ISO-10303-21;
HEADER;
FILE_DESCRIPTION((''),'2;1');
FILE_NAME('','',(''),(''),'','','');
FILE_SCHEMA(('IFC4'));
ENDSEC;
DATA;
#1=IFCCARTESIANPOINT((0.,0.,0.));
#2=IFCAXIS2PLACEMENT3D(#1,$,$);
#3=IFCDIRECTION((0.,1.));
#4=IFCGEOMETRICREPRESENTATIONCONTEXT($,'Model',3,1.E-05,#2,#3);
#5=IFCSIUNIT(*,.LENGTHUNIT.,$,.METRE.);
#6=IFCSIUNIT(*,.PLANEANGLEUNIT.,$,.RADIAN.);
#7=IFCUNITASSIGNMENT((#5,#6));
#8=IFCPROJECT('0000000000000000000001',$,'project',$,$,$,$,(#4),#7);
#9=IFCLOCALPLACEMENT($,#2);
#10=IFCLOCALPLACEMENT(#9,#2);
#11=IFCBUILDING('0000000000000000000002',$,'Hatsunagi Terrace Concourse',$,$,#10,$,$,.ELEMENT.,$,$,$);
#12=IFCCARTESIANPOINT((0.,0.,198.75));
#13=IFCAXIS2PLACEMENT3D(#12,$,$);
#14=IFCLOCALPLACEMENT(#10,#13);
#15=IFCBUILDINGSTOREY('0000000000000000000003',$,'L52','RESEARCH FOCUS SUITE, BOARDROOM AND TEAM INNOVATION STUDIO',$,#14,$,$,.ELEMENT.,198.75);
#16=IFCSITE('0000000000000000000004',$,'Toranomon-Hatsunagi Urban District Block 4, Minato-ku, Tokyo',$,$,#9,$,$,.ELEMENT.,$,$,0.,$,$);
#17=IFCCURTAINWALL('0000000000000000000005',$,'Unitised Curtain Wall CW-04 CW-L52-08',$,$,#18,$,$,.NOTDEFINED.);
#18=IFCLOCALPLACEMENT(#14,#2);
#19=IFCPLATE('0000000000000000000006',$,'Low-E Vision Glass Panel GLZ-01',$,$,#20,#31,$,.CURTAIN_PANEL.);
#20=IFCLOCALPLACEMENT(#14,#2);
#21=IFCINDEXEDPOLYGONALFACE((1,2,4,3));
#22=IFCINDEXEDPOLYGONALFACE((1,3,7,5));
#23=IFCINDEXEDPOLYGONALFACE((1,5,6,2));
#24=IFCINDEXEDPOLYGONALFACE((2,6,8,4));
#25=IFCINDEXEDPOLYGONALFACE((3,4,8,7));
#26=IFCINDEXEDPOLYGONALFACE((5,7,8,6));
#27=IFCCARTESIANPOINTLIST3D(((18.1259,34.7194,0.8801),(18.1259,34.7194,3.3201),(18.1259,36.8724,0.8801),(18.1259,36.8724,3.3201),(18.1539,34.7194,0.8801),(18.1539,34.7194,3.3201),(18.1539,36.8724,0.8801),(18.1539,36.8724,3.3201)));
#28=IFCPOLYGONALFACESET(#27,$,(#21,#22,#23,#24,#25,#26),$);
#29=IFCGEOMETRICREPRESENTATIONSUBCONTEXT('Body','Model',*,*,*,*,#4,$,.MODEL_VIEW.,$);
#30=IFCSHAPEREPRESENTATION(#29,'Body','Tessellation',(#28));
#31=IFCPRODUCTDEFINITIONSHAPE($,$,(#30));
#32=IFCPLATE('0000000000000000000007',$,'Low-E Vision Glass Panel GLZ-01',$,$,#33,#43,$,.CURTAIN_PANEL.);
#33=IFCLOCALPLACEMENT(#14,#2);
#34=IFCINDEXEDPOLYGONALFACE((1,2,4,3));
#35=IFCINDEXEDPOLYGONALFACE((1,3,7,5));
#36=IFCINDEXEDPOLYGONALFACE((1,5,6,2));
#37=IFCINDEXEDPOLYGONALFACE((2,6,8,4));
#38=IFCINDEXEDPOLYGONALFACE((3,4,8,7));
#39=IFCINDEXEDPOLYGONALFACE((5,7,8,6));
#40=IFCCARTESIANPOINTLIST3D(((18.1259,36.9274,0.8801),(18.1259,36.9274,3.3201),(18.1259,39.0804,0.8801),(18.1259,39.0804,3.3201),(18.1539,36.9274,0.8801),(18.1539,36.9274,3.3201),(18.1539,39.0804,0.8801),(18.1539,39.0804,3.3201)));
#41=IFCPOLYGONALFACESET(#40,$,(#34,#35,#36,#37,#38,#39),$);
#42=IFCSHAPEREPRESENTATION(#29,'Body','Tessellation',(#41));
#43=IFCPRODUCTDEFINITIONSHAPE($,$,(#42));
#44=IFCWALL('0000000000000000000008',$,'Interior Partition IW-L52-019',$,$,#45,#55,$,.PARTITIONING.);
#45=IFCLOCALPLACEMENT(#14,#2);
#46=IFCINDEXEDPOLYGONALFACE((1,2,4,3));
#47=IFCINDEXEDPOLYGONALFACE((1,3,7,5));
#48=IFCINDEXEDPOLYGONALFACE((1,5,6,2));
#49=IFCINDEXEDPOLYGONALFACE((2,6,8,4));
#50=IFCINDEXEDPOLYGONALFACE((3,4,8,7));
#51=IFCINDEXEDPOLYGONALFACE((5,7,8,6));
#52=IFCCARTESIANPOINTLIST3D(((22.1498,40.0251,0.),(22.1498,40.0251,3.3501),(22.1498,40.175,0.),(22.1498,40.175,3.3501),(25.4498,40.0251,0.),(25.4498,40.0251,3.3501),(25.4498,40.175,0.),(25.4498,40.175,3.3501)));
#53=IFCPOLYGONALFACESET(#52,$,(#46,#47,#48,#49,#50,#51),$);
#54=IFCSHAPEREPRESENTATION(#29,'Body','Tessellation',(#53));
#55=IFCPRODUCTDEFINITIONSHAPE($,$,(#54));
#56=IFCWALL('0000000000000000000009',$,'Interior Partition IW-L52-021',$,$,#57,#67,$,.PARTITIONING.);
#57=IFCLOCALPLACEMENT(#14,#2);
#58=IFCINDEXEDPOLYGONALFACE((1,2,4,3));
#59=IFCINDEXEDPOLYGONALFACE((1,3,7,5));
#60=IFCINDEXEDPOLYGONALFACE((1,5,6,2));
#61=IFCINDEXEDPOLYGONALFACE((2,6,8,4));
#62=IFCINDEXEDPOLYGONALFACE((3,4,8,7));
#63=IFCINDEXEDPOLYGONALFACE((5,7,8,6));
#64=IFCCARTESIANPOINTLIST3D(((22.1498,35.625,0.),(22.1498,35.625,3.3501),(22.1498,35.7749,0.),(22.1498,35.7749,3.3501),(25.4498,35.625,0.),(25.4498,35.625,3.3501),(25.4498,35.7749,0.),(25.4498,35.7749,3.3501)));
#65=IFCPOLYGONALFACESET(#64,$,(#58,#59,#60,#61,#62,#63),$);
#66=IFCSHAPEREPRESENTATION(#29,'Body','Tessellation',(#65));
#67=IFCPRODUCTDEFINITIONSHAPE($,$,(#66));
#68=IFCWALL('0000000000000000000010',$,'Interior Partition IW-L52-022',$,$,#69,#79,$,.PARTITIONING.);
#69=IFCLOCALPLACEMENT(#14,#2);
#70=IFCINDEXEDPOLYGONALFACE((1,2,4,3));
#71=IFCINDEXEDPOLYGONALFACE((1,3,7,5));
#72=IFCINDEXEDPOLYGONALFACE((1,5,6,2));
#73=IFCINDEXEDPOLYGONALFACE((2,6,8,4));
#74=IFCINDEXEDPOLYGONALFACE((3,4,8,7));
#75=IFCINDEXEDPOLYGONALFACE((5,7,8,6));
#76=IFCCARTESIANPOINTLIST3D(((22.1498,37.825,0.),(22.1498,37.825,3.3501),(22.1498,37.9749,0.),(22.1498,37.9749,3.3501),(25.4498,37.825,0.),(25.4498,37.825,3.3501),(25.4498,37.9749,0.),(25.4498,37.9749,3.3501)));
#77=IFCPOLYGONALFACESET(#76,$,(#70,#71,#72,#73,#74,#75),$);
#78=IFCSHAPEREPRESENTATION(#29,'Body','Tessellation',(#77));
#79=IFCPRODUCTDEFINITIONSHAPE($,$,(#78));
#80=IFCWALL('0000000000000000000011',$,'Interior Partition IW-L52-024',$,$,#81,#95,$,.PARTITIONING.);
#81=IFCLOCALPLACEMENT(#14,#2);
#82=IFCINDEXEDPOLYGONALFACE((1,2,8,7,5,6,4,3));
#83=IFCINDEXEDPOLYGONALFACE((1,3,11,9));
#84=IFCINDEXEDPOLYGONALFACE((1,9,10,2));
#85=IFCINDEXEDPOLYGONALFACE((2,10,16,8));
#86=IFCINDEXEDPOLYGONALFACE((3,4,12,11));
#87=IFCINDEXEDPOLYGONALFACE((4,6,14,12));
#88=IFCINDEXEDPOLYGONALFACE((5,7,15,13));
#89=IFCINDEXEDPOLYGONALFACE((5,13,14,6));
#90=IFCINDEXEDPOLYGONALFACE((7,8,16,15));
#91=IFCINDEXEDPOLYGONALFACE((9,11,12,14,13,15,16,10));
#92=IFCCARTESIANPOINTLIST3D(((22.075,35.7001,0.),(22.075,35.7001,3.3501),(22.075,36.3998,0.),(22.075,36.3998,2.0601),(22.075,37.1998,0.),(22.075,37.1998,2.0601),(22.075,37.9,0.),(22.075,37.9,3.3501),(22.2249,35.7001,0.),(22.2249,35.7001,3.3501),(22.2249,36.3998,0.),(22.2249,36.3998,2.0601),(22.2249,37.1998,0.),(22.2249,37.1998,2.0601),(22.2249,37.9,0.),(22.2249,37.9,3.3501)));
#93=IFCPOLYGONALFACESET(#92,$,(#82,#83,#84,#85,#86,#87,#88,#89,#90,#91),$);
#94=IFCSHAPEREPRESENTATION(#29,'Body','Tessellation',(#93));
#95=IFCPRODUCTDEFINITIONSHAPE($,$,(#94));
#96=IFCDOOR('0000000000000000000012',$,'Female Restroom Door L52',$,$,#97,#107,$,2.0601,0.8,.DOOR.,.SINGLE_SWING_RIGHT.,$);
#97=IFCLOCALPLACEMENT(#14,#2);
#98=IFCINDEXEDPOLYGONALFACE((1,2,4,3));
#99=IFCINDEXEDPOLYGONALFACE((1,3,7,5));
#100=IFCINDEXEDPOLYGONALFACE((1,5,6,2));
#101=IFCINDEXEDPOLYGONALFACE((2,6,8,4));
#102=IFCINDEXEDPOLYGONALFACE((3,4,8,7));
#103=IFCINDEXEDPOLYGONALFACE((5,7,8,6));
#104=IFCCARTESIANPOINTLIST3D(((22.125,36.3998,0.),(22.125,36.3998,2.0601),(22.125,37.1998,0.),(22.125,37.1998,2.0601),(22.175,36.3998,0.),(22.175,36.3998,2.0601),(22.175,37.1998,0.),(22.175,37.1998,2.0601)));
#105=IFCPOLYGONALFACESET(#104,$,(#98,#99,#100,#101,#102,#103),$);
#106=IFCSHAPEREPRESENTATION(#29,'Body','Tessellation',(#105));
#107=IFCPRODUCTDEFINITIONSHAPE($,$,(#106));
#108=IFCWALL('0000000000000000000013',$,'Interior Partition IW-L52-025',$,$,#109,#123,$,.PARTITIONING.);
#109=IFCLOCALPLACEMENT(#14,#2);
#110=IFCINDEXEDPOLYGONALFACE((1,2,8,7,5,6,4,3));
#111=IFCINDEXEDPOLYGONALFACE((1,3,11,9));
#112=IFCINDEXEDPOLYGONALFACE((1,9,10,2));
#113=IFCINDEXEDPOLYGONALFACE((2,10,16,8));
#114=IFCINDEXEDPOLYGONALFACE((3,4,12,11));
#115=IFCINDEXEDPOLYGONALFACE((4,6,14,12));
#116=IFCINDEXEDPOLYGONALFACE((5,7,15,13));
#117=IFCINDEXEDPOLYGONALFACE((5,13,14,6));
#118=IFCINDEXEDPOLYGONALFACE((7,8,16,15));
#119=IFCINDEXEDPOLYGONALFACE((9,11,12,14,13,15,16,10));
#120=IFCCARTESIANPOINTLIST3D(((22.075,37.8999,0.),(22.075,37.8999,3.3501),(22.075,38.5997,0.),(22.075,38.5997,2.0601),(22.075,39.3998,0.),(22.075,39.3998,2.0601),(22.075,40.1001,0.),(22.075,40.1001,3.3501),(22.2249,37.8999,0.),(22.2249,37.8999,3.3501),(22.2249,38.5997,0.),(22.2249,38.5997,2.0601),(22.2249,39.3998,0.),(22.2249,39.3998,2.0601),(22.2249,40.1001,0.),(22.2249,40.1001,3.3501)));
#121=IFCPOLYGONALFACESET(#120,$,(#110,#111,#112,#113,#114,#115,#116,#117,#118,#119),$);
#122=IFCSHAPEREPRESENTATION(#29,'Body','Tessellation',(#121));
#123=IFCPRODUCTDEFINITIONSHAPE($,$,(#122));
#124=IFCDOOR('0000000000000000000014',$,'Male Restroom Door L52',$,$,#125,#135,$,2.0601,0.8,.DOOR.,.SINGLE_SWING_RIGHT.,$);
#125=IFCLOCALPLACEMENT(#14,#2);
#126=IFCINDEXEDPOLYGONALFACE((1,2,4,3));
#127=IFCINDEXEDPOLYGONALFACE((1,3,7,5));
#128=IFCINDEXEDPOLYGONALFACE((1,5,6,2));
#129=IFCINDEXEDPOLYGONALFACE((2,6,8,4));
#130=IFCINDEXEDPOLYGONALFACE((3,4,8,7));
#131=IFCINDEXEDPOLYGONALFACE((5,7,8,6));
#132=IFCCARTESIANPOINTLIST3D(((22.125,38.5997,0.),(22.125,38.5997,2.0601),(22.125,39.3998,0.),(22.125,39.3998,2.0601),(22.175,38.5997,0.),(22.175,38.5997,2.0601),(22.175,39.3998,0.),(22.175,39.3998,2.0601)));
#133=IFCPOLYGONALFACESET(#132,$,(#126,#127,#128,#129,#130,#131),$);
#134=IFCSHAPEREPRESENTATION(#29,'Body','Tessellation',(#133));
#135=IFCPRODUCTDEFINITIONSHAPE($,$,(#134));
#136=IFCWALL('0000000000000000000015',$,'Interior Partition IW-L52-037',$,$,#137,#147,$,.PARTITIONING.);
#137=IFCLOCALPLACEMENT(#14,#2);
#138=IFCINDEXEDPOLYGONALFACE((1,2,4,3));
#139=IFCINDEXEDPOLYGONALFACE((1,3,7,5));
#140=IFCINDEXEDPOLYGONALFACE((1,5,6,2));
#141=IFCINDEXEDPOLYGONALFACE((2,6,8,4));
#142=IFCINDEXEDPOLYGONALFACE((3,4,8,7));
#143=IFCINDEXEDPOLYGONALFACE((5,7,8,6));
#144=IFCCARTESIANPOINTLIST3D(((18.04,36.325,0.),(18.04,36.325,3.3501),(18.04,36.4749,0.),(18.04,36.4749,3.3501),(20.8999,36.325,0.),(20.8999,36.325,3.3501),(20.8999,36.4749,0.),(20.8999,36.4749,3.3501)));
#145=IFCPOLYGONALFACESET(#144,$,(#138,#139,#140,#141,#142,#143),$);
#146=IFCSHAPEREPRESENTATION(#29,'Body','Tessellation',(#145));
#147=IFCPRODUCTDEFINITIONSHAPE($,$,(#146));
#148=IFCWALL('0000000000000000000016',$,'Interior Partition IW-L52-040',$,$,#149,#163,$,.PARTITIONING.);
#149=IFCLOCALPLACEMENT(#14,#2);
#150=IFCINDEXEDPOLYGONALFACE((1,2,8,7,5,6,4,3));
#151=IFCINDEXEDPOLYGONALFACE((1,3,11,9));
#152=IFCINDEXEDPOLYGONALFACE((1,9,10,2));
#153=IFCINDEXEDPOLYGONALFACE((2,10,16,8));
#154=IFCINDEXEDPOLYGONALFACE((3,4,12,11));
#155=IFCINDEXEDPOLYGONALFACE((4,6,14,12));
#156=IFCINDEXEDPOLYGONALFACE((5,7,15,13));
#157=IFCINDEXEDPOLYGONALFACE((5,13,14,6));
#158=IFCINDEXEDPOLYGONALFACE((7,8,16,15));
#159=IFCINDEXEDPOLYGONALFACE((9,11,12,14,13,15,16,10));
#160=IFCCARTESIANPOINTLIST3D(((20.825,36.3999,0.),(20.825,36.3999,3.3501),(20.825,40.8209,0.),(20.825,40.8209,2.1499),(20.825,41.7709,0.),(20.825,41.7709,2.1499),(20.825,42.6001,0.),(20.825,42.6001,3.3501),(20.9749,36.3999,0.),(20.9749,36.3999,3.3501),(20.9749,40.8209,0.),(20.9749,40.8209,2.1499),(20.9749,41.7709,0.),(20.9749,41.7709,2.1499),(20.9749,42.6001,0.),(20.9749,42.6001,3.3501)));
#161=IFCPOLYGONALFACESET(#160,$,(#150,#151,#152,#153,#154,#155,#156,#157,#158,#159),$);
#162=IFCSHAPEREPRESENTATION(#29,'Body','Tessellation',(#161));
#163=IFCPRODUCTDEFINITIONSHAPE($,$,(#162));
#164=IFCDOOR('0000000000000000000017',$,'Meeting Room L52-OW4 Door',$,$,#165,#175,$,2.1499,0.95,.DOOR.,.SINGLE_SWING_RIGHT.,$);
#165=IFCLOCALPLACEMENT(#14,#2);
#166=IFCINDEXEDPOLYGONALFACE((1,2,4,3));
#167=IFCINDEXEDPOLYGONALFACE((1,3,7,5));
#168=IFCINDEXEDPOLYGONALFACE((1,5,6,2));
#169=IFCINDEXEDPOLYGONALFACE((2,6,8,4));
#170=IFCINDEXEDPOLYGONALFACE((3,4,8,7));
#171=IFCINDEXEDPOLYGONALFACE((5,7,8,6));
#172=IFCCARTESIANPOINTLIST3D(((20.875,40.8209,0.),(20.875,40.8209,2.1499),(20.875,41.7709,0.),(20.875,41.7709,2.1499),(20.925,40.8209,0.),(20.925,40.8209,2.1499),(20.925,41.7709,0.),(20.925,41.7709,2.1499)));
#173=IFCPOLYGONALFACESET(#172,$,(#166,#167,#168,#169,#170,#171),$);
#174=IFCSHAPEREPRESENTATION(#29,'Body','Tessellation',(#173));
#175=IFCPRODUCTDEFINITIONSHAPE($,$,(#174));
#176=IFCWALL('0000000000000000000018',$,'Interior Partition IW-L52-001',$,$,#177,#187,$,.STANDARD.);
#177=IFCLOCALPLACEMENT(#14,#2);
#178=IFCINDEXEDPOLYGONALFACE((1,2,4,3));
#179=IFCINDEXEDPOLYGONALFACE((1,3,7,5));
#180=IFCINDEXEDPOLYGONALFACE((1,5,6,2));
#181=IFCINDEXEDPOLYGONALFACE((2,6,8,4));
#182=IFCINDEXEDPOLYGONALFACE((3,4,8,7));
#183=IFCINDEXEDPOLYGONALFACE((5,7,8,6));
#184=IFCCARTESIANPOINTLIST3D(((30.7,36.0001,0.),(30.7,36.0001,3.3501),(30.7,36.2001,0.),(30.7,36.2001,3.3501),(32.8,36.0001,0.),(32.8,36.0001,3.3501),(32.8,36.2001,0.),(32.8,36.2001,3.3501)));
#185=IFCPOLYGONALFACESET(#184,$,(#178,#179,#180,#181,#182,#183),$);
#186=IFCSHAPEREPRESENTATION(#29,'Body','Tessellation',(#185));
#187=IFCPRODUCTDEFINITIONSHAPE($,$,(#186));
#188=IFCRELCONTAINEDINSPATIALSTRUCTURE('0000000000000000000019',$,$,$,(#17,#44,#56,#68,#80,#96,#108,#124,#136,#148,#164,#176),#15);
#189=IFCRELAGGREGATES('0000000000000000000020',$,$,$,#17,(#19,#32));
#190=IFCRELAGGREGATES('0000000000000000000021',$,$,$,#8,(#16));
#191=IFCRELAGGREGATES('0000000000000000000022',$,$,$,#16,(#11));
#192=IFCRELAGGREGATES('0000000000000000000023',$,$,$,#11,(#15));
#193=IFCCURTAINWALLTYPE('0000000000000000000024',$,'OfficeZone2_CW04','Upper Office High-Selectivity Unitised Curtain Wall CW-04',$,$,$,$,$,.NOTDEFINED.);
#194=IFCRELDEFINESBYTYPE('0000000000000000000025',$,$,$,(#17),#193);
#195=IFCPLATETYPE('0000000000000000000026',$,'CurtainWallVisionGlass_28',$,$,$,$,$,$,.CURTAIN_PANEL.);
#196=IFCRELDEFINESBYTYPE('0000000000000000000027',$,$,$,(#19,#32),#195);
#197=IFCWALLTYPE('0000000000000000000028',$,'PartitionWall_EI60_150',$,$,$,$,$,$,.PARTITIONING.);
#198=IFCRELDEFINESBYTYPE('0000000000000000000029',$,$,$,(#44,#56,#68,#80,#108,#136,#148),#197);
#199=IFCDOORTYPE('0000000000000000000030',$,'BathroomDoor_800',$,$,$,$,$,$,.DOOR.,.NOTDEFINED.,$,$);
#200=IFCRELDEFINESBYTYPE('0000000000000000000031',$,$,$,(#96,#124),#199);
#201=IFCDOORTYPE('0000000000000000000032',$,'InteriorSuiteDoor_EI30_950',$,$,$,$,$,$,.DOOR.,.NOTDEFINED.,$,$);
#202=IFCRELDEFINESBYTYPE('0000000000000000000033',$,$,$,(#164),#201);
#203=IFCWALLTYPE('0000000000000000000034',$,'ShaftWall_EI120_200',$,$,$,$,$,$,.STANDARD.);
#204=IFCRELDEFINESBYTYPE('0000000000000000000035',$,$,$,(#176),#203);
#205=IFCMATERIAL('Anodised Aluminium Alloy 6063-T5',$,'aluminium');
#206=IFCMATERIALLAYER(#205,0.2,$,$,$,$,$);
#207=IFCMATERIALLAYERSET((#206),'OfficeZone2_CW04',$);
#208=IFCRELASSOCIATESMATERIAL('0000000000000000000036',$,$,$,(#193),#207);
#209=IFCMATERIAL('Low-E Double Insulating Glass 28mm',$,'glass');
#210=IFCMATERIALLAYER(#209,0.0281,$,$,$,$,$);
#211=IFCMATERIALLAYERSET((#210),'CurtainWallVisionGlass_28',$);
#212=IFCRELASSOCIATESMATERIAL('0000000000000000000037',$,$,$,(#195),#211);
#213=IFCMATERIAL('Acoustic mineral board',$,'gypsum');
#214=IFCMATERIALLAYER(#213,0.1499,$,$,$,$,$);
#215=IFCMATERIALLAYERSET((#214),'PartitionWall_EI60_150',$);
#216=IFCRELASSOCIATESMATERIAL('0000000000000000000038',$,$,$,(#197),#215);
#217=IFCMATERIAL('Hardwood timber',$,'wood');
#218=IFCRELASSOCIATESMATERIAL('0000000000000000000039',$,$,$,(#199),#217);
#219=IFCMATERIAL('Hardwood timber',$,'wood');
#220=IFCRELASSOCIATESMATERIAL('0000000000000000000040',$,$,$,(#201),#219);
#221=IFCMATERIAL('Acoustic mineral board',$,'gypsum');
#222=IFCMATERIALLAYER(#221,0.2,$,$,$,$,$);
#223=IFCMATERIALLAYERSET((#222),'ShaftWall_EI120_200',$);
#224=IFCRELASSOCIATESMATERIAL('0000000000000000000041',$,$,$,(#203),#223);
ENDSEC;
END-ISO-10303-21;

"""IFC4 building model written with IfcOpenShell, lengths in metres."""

from ifc_helpers import new_model, si_unit, direction, frame, frame_2d, origin, origin_2d, place, context, subcontext, project, spatial, rectangle, extrude, material, layer, layer_set, type_object, element, fill, aggregate, save


model = new_model("IFC4")

# Units and contexts
model_context = context("Model", 3, precision=1e-05, world=origin(), true_north=direction((0.0, 1.0)))
body_context = subcontext(model_context, "Body", "Model", "MODEL_VIEW")
ifc_project = project(units=[si_unit("LENGTHUNIT", "METRE"), si_unit("PLANEANGLEUNIT", "RADIAN")], contexts=[model_context])

# Site, building, storey
site_placement = place(None, origin())
site = spatial("IfcSite", under=ifc_project, at=site_placement, Name="Toranomon-Hatsunagi Urban District Block 4, Minato-ku, Tokyo", CompositionType="ELEMENT", RefElevation=0.0)
building_placement = place(site_placement, origin())
building = spatial("IfcBuilding", under=site, at=building_placement, Name="Hatsunagi Terrace Concourse", CompositionType="ELEMENT")
storey_placement = place(building_placement, frame((0.0, 0.0, 198.75)))
storey = spatial("IfcBuildingStorey", under=building, at=storey_placement, Name="L52", Description="RESEARCH FOCUS SUITE, BOARDROOM AND TEAM INNOVATION STUDIO", CompositionType="ELEMENT", Elevation=198.75)

# Curtain wall
ifc_material_1 = material(Name="Anodised Aluminium Alloy 6063-T5", Category="aluminium")
ifc_layer_1 = layer(ifc_material_1, 0.2)
ifc_layer_set_1 = layer_set([ifc_layer_1], Name="OfficeZone2_CW04")
curtain_wall_type = type_object("IfcCurtainWallType", Name="OfficeZone2_CW04", Description="Upper Office High-Selectivity Unitised Curtain Wall CW-04", PredefinedType="NOTDEFINED", material=ifc_layer_set_1)
curtain_wall_placement = place(storey_placement, origin())
curtain_wall = element("IfcCurtainWall", 1, at=curtain_wall_placement, inside=storey, type_object=curtain_wall_type, Name="Unitised Curtain Wall CW-04 CW-L52-08", PredefinedType="NOTDEFINED")

# Plates
ifc_material_2 = material(Name="Low-E Double Insulating Glass 28mm", Category="glass")
ifc_layer_2 = layer(ifc_material_2, 0.0281)
ifc_layer_set_2 = layer_set([ifc_layer_2], Name="CurtainWallVisionGlass_28")
plate_type_1 = type_object("IfcPlateType", Name="CurtainWallVisionGlass_28", PredefinedType="CURTAIN_PANEL", material=ifc_layer_set_2)
plate_1_placement = place(storey_placement, frame((18.1399, 35.7959, 0.8801), z_axis=(0.0, 0.0, 1.0), x_axis=(0.0, 1.0, 0.0)))
plate_1 = element("IfcPlate", 2, at=plate_1_placement, type_object=plate_type_1, Name="Low-E Vision Glass Panel GLZ-01", PredefinedType="CURTAIN_PANEL", context=body_context, shape_type="SweptSolid", body=[
    extrude(rectangle(XDim=2.1531, YDim=0.0281, at=origin_2d()), origin(), (0.0, 0.0, 1.0), 2.4399),
])
plate_2_placement = place(storey_placement, frame((18.1399, 38.0039, 0.8801), z_axis=(0.0, 0.0, 1.0), x_axis=(0.0, 1.0, 0.0)))
plate_2 = element("IfcPlate", 3, at=plate_2_placement, type_object=plate_type_1, Name="Low-E Vision Glass Panel GLZ-01", PredefinedType="CURTAIN_PANEL", context=body_context, shape_type="SweptSolid", body=[
    extrude(rectangle(XDim=2.1531, YDim=0.0281, at=origin_2d()), origin(), (0.0, 0.0, 1.0), 2.4399),
])
aggregate(curtain_wall, [plate_1, plate_2])

# Walls
ifc_material_3 = material(Name="Acoustic mineral board", Category="gypsum")
ifc_layer_3 = layer(ifc_material_3, 0.1499)
ifc_layer_set_3 = layer_set([ifc_layer_3], Name="PartitionWall_EI60_150")
wall_type_1 = type_object("IfcWallType", Name="PartitionWall_EI60_150", PredefinedType="PARTITIONING", material=ifc_layer_set_3)
for number, where, z_axis, x_axis, name in (
    (4, (22.1499, 40.1001, 0.0), (0.0, 0.0, 1.0), (1.0, 0.0, 0.0), "Interior Partition IW-L52-019"),
    (5, (22.1499, 35.7, 0.0), (0.0, 0.0, 1.0), (1.0, 0.0, 0.0), "Interior Partition IW-L52-021"),
    (6, (22.1499, 37.8999, 0.0), (0.0, 0.0, 1.0), (1.0, 0.0, 0.0), "Interior Partition IW-L52-022"),
):
    element("IfcWall", number, at=place(storey_placement, frame(where, z_axis=z_axis, x_axis=x_axis)), inside=storey, type_object=wall_type_1, Name=name, PredefinedType="PARTITIONING", context=body_context, shape_type="SweptSolid", body=[
        extrude(rectangle(XDim=3.3, YDim=0.1499, at=frame_2d((1.6499, 0.0))), origin(), (0.0, 0.0, 1.0), 3.3501),
    ])

# Walls, openings, doors
wall_1_placement = place(storey_placement, frame((22.1499, 35.7, 0.0), z_axis=(0.0, 0.0, 1.0), x_axis=(0.0, 1.0, 0.0)))
wall_1 = element("IfcWall", 7, at=wall_1_placement, inside=storey, type_object=wall_type_1, Name="Interior Partition IW-L52-024", PredefinedType="PARTITIONING", context=body_context, shape_type="SweptSolid", body=[
    extrude(rectangle(XDim=2.2, YDim=0.1499, at=frame_2d((1.1001, 0.0))), origin(), (0.0, 0.0, 1.0), 3.3501),
])
opening_1_placement = place(wall_1_placement, frame((0.7, 0.0, 0.0)))
opening_1 = element("IfcOpeningElement", 8, at=opening_1_placement, cuts=wall_1, PredefinedType="OPENING", context=body_context, shape_type="SweptSolid", body=[
    extrude(rectangle(XDim=0.8, YDim=2.0601, at=frame_2d((0.3999, 1.03))), frame((0.0, 0.085, 0.0), z_axis=(0.0, -1.0, 0.0), x_axis=(1.0, 0.0, 0.0)), (0.0, 0.0, 1.0), 0.1699),
])
ifc_material_4 = material(Name="Hardwood timber", Category="wood")
door_type_1 = type_object("IfcDoorType", Name="BathroomDoor_800", OperationType="NOTDEFINED", PredefinedType="DOOR", material=ifc_material_4)
door_1_placement = place(opening_1_placement, origin())
door_1 = element("IfcDoor", 9, at=door_1_placement, inside=storey, type_object=door_type_1, Name="Female Restroom Door L52", OperationType="SINGLE_SWING_RIGHT", OverallHeight=2.0601, OverallWidth=0.8, PredefinedType="DOOR", context=body_context, shape_type="SweptSolid", body=[
    extrude(rectangle(XDim=0.8, YDim=2.0601, at=frame_2d((0.3999, 1.03))), frame((0.0, 0.0249, 0.0), z_axis=(0.0, -1.0, 0.0), x_axis=(1.0, 0.0, 0.0)), (0.0, 0.0, 1.0), 0.05),
])
fill(opening_1, door_1)
wall_2_placement = place(storey_placement, frame((22.1499, 37.8999, 0.0), z_axis=(0.0, 0.0, 1.0), x_axis=(0.0, 1.0, 0.0)))
wall_2 = element("IfcWall", 10, at=wall_2_placement, inside=storey, type_object=wall_type_1, Name="Interior Partition IW-L52-025", PredefinedType="PARTITIONING", context=body_context, shape_type="SweptSolid", body=[
    extrude(rectangle(XDim=2.2002, YDim=0.1499, at=frame_2d((1.1001, 0.0))), origin(), (0.0, 0.0, 1.0), 3.3501),
])
opening_2_placement = place(wall_2_placement, frame((0.7, 0.0, 0.0)))
opening_2 = element("IfcOpeningElement", 11, at=opening_2_placement, cuts=wall_2, PredefinedType="OPENING", context=body_context, shape_type="SweptSolid", body=[
    extrude(rectangle(XDim=0.8, YDim=2.0601, at=frame_2d((0.3999, 1.03))), frame((0.0, 0.085, 0.0), z_axis=(0.0, -1.0, 0.0), x_axis=(1.0, 0.0, 0.0)), (0.0, 0.0, 1.0), 0.1699),
])
door_2_placement = place(opening_2_placement, origin())
door_2 = element("IfcDoor", 12, at=door_2_placement, inside=storey, type_object=door_type_1, Name="Male Restroom Door L52", OperationType="SINGLE_SWING_RIGHT", OverallHeight=2.0601, OverallWidth=0.8, PredefinedType="DOOR", context=body_context, shape_type="SweptSolid", body=[
    extrude(rectangle(XDim=0.8, YDim=2.0601, at=frame_2d((0.3999, 1.03))), frame((0.0, 0.0249, 0.0), z_axis=(0.0, -1.0, 0.0), x_axis=(1.0, 0.0, 0.0)), (0.0, 0.0, 1.0), 0.05),
])
fill(opening_2, door_2)

# Wall
wall_3_placement = place(storey_placement, frame((18.04, 36.3999, 0.0), z_axis=(0.0, 0.0, 1.0), x_axis=(1.0, 0.0, 0.0)))
element("IfcWall", 13, at=wall_3_placement, inside=storey, type_object=wall_type_1, Name="Interior Partition IW-L52-037", PredefinedType="PARTITIONING", context=body_context, shape_type="SweptSolid", body=[
    extrude(rectangle(XDim=2.8599, YDim=0.1499, at=frame_2d((1.4299, 0.0))), origin(), (0.0, 0.0, 1.0), 3.3501),
])

# Wall, opening, door
wall_4_placement = place(storey_placement, frame((20.8999, 36.3999, 0.0), z_axis=(0.0, 0.0, 1.0), x_axis=(0.0, 1.0, 0.0)))
wall_4 = element("IfcWall", 14, at=wall_4_placement, inside=storey, type_object=wall_type_1, Name="Interior Partition IW-L52-040", PredefinedType="PARTITIONING", context=body_context, shape_type="SweptSolid", body=[
    extrude(rectangle(XDim=6.2002, YDim=0.1499, at=frame_2d((3.1001, 0.0))), origin(), (0.0, 0.0, 1.0), 3.3501),
])
opening_3_placement = place(wall_4_placement, frame((4.4209, 0.0, 0.0)))
opening_3 = element("IfcOpeningElement", 15, at=opening_3_placement, cuts=wall_4, PredefinedType="OPENING", context=body_context, shape_type="SweptSolid", body=[
    extrude(rectangle(XDim=0.95, YDim=2.1499, at=frame_2d((0.4751, 1.075))), frame((0.0, 0.085, 0.0), z_axis=(0.0, -1.0, 0.0), x_axis=(1.0, 0.0, 0.0)), (0.0, 0.0, 1.0), 0.1699),
])
ifc_material_5 = material(Name="Hardwood timber", Category="wood")
door_type_2 = type_object("IfcDoorType", Name="InteriorSuiteDoor_EI30_950", OperationType="NOTDEFINED", PredefinedType="DOOR", material=ifc_material_5)
door_3_placement = place(opening_3_placement, origin())
door_3 = element("IfcDoor", 16, at=door_3_placement, inside=storey, type_object=door_type_2, Name="Meeting Room L52-OW4 Door", OperationType="SINGLE_SWING_RIGHT", OverallHeight=2.1499, OverallWidth=0.95, PredefinedType="DOOR", context=body_context, shape_type="SweptSolid", body=[
    extrude(rectangle(XDim=0.95, YDim=2.1499, at=frame_2d((0.4751, 1.075))), frame((0.0, 0.0249, 0.0), z_axis=(0.0, -1.0, 0.0), x_axis=(1.0, 0.0, 0.0)), (0.0, 0.0, 1.0), 0.05),
])
fill(opening_3, door_3)

# Wall
ifc_material_6 = material(Name="Acoustic mineral board", Category="gypsum")
ifc_layer_4 = layer(ifc_material_6, 0.2)
ifc_layer_set_4 = layer_set([ifc_layer_4], Name="ShaftWall_EI120_200")
wall_type_2 = type_object("IfcWallType", Name="ShaftWall_EI120_200", PredefinedType="STANDARD", material=ifc_layer_set_4)
wall_5_placement = place(storey_placement, frame((30.7, 36.1001, 0.0), z_axis=(0.0, 0.0, 1.0), x_axis=(1.0, 0.0, 0.0)))
element("IfcWall", 17, at=wall_5_placement, inside=storey, type_object=wall_type_2, Name="Interior Partition IW-L52-001", PredefinedType="STANDARD", context=body_context, shape_type="SweptSolid", body=[
    extrude(rectangle(XDim=2.1001, YDim=0.2, at=frame_2d((1.05, 0.0))), origin(), (0.0, 0.0, 1.0), 3.3501),
])

save(model, "model.ifc")
